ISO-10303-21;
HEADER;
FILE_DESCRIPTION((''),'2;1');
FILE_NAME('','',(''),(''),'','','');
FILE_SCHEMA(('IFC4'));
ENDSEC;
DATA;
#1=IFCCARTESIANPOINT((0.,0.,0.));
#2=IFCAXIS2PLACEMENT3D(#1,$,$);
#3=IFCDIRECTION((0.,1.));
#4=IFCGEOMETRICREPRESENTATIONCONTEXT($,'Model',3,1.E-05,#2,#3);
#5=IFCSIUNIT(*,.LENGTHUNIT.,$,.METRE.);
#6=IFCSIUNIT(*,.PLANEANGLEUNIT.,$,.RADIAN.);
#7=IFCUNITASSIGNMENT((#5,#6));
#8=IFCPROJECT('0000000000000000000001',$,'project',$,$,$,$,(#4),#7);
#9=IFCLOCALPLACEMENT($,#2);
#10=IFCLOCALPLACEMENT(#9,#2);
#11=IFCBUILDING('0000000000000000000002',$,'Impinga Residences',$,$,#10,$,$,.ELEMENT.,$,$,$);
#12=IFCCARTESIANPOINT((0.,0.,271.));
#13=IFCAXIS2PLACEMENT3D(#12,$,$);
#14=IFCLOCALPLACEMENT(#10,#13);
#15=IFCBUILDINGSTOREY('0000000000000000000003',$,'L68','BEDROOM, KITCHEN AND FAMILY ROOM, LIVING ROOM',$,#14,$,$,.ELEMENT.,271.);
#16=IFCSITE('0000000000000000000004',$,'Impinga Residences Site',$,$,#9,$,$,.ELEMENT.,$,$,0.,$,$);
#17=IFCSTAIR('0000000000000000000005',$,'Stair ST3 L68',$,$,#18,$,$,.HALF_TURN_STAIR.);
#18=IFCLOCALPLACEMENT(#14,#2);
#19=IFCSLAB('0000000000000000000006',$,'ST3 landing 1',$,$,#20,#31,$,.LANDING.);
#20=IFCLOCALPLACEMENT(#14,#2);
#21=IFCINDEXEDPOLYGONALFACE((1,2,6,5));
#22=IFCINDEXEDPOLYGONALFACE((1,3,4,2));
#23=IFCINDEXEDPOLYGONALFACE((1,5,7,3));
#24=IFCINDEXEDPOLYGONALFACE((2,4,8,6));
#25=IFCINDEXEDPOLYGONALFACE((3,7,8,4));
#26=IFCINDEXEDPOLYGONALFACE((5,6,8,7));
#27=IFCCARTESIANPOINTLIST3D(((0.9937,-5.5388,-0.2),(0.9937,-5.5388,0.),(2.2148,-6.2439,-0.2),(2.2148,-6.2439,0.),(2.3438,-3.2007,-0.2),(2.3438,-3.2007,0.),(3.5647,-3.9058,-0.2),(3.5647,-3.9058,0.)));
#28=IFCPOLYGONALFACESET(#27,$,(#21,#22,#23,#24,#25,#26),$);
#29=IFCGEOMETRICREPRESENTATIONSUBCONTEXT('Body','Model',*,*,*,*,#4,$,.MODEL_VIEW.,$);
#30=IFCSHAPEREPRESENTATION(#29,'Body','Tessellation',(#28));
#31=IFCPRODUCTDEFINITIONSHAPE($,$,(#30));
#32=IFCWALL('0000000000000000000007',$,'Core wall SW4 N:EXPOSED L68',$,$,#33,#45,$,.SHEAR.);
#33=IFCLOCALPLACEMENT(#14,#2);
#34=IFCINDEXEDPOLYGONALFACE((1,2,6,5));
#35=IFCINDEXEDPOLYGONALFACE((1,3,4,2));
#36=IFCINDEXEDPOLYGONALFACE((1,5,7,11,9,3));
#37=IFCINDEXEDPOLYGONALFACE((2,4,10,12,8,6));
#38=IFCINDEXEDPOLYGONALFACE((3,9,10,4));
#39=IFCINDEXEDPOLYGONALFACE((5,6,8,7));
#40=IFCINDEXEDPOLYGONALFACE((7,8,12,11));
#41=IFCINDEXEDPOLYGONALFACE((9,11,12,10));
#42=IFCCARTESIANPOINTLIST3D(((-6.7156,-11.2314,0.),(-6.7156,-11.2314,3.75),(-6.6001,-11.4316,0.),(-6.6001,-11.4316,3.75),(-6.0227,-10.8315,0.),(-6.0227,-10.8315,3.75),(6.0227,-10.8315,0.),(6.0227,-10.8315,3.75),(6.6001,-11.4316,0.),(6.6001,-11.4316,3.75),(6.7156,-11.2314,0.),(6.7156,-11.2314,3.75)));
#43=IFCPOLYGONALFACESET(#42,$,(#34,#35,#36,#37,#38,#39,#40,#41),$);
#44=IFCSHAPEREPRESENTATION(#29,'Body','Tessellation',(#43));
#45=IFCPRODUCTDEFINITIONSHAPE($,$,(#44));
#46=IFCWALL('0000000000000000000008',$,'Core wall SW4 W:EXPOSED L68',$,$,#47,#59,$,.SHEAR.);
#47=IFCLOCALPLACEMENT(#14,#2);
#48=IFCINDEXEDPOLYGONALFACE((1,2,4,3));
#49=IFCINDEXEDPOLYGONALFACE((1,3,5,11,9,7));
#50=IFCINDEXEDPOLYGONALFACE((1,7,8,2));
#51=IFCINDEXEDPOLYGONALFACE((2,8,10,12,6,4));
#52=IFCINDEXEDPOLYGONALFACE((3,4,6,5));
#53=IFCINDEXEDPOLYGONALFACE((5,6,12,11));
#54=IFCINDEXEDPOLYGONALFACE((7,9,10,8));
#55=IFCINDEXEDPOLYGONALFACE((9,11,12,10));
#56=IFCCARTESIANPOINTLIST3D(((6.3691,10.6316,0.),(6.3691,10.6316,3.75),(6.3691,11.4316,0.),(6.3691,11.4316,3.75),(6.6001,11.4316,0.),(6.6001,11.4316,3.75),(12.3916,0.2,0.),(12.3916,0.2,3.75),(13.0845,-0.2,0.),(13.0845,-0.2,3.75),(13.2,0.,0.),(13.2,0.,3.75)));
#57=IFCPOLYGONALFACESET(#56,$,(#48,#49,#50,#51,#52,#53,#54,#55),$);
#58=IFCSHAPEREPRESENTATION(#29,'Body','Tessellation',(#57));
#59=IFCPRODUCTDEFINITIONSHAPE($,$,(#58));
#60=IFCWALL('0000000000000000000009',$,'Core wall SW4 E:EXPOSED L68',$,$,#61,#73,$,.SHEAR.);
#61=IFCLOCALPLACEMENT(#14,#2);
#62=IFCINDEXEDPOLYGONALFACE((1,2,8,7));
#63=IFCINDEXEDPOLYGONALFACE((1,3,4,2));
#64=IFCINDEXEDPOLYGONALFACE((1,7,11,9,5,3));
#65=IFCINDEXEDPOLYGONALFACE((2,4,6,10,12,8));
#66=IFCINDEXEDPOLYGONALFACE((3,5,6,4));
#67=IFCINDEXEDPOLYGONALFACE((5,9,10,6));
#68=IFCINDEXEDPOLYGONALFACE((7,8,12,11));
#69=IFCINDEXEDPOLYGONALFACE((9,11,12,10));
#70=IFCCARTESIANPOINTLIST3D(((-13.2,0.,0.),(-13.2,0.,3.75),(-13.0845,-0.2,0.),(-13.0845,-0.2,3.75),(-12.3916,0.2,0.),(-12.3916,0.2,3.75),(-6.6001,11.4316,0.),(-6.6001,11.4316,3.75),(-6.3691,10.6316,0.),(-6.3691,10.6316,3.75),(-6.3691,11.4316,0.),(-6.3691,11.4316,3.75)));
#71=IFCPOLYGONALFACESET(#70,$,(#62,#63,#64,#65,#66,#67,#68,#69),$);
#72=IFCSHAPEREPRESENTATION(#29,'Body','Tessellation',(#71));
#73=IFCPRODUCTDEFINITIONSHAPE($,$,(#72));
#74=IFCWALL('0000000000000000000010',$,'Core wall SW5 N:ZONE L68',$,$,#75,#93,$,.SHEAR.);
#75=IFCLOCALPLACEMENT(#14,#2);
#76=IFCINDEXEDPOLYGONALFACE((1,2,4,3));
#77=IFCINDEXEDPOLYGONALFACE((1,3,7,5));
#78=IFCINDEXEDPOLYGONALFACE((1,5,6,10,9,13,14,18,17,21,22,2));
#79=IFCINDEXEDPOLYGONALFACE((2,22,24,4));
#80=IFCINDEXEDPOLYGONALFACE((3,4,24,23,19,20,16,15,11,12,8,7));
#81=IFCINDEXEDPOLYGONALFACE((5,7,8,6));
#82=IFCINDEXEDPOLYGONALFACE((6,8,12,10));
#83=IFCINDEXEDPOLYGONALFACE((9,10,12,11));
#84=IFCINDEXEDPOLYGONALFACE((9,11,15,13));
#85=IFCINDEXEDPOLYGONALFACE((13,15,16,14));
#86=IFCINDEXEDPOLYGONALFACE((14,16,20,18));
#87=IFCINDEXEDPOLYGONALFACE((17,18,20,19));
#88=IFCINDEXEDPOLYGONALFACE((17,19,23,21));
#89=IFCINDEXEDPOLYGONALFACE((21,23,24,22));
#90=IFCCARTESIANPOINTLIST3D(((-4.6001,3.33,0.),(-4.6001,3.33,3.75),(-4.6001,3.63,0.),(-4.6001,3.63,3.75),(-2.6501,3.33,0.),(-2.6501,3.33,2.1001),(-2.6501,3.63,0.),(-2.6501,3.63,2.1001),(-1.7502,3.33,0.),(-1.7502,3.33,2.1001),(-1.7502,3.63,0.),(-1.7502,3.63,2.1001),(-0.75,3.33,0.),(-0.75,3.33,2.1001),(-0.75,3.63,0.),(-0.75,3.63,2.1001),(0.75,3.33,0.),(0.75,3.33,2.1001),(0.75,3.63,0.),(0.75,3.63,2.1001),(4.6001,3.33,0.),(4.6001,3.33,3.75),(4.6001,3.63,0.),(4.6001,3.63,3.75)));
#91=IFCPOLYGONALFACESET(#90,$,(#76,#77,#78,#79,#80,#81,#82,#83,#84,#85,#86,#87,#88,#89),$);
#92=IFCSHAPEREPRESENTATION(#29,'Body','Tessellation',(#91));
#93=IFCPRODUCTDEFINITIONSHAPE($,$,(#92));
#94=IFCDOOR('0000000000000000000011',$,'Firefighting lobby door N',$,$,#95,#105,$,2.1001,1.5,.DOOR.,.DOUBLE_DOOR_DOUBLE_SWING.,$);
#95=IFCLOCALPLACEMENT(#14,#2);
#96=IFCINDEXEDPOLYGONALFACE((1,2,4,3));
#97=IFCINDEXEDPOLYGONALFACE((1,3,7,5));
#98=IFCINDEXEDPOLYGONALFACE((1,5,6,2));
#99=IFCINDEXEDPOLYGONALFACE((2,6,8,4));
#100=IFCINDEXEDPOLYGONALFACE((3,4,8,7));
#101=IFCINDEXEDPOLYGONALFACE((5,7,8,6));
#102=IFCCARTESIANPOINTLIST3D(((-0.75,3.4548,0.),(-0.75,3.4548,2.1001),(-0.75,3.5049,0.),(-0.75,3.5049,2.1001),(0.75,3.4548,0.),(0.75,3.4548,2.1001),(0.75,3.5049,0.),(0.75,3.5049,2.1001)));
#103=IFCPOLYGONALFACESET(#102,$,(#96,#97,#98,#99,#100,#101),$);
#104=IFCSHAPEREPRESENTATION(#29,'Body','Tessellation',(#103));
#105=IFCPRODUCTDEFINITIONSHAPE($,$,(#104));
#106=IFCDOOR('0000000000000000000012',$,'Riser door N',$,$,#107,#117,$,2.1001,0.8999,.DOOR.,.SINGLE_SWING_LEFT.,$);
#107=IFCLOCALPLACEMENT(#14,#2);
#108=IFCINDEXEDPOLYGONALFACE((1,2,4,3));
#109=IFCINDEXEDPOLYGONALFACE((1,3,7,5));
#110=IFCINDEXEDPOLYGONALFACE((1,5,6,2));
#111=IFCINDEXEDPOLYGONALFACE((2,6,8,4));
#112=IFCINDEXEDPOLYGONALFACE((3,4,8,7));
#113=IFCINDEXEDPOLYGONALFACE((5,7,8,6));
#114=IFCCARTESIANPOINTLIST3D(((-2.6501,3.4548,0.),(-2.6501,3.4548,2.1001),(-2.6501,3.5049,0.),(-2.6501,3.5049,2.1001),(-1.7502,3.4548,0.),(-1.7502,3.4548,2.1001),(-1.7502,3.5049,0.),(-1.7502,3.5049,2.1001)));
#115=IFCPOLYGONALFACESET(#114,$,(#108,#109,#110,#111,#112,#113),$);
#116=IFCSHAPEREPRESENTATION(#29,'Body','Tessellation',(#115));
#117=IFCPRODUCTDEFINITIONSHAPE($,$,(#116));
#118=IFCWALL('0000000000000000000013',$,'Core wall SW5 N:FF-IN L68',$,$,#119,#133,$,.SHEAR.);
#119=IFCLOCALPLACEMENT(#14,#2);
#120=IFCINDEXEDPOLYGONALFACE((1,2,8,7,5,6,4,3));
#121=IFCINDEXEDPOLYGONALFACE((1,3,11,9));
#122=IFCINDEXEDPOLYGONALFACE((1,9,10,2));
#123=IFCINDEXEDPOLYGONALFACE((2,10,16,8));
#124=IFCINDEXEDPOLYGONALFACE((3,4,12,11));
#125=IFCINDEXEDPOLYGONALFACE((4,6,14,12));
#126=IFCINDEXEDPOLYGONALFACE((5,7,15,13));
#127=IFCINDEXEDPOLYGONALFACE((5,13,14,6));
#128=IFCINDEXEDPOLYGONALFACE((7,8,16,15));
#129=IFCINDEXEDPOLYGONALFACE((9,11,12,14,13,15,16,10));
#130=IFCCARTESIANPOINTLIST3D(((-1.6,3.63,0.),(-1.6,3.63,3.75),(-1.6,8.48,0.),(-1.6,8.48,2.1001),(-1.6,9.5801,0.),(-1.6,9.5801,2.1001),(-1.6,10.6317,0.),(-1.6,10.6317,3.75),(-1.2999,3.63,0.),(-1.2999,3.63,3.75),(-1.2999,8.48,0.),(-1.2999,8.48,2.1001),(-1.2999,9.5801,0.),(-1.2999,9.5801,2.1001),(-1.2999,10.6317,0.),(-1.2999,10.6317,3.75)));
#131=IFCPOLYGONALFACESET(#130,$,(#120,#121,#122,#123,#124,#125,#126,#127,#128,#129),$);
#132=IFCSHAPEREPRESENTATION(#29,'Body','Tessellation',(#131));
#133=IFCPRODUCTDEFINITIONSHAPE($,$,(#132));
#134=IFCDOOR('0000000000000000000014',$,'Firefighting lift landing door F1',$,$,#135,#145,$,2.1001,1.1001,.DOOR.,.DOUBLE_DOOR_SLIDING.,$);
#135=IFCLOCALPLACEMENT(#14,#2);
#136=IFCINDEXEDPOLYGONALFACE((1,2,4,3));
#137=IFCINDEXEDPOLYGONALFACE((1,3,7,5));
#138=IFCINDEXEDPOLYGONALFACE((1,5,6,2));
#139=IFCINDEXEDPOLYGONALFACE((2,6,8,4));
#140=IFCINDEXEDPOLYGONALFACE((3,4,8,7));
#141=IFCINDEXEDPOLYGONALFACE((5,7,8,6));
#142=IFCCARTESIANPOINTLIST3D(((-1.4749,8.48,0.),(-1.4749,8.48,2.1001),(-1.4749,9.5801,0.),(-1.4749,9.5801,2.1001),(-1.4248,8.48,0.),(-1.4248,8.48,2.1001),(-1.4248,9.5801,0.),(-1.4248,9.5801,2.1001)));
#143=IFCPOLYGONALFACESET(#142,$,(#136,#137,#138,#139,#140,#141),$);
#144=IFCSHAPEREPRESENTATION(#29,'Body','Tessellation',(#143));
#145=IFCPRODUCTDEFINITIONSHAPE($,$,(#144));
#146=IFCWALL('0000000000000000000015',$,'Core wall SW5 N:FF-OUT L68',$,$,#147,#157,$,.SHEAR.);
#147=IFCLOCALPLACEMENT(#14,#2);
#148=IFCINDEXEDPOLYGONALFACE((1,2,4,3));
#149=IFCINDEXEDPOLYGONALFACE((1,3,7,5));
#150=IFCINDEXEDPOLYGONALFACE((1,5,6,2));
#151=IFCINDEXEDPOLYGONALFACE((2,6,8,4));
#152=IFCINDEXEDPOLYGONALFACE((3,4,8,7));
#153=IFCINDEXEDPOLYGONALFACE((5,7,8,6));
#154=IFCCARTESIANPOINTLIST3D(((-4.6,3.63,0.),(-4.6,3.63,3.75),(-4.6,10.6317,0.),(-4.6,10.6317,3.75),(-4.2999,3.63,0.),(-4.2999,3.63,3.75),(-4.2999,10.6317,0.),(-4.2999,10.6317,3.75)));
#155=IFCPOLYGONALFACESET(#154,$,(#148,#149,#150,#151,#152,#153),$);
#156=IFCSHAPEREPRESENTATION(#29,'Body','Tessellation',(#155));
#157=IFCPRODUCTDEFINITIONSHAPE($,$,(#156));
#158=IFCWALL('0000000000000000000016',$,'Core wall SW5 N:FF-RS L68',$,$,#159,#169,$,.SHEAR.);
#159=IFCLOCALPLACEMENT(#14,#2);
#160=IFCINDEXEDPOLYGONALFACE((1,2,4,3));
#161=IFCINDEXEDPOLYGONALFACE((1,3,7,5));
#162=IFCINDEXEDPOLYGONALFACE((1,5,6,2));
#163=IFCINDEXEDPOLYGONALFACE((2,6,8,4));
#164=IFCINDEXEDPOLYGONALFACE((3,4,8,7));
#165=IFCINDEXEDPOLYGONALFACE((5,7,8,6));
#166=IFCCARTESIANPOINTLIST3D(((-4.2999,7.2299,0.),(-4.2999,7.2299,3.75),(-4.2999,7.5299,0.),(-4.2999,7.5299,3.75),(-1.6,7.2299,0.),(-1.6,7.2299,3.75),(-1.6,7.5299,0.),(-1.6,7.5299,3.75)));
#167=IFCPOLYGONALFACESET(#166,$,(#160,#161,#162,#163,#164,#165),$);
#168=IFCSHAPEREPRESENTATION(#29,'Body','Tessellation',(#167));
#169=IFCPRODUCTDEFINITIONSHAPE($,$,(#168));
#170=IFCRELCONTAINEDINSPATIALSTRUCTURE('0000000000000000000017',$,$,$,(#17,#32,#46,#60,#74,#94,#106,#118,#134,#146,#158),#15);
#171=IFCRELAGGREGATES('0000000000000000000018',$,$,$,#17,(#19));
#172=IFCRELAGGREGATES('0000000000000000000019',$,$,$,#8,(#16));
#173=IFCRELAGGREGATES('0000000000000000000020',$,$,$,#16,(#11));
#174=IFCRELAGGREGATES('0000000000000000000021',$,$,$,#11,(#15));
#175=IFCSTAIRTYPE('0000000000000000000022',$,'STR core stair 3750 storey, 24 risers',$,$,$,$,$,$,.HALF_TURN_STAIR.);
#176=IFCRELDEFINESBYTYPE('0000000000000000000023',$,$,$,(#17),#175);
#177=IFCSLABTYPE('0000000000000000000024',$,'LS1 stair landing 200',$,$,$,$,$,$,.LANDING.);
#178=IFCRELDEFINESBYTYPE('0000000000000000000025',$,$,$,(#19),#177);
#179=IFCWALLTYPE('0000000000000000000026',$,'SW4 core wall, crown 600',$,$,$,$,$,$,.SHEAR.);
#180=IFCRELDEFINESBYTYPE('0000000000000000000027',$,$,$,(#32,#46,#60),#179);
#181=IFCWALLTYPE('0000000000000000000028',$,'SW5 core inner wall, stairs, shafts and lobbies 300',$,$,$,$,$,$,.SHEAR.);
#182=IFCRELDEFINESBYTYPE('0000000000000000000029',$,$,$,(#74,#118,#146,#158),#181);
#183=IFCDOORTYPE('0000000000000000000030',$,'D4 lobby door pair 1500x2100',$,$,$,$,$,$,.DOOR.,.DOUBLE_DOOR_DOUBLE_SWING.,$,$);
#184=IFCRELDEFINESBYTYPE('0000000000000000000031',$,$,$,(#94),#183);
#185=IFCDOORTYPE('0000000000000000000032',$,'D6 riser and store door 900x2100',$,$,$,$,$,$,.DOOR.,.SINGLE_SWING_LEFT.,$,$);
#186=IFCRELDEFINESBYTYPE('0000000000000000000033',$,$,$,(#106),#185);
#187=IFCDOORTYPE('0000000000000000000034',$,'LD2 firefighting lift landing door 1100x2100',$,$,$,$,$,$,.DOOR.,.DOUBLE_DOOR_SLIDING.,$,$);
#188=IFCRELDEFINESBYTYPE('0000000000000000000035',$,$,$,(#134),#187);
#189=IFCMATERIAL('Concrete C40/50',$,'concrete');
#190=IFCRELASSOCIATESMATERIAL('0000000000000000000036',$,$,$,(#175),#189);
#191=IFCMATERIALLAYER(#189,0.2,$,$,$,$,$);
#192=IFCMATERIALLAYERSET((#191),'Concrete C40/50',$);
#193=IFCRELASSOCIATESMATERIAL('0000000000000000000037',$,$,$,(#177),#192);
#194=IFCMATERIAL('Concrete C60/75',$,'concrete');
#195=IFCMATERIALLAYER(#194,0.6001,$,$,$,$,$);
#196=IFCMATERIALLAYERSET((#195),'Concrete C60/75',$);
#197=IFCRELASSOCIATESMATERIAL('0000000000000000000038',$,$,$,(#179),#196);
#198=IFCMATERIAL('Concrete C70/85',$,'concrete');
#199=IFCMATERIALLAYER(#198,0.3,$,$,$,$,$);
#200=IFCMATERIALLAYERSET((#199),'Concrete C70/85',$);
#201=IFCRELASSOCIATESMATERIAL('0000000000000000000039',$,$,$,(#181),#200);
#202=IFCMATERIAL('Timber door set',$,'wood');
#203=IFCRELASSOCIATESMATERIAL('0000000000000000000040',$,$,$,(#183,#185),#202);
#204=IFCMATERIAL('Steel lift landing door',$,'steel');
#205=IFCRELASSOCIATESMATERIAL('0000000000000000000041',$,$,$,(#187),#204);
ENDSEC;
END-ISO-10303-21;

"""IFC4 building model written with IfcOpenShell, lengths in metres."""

from ifc_helpers import new_model, si_unit, direction, frame, frame_2d, origin, place, context, subcontext, project, spatial, polyline, rectangle, outline, extrude, material, layer, layer_set, type_object, element, fill, aggregate, save


model = new_model("IFC4")

# Units and contexts
model_context = context("Model", 3, precision=1e-05, world=origin(), true_north=direction((0.0, 1.0)))
body_context = subcontext(model_context, "Body", "Model", "MODEL_VIEW")
ifc_project = project(units=[si_unit("LENGTHUNIT", "METRE"), si_unit("PLANEANGLEUNIT", "RADIAN")], contexts=[model_context])

# Site, building, storey
site_placement = place(None, origin())
site = spatial("IfcSite", under=ifc_project, at=site_placement, Name="Impinga Residences Site", CompositionType="ELEMENT", RefElevation=0.0)
building_placement = place(site_placement, origin())
building = spatial("IfcBuilding", under=site, at=building_placement, Name="Impinga Residences", CompositionType="ELEMENT")
storey_placement = place(building_placement, frame((0.0, 0.0, 271.0)))
storey = spatial("IfcBuildingStorey", under=building, at=storey_placement, Name="L68", Description="BEDROOM, KITCHEN AND FAMILY ROOM, LIVING ROOM", CompositionType="ELEMENT", Elevation=271.0)

# Shared definitions
ifc_material_1 = material(Name="Concrete C60/75", Category="concrete")

# Shared definitions
ifc_material_2 = material(Name="Concrete C40/50", Category="concrete")
stair_type = type_object("IfcStairType", Name="STR core stair 3750 storey, 24 risers", PredefinedType="HALF_TURN_STAIR", material=ifc_material_2)
ifc_layer_1 = layer(ifc_material_2, 0.2)
ifc_layer_set_1 = layer_set([ifc_layer_1], Name="Concrete C40/50")
slab_type_1 = type_object("IfcSlabType", Name="LS1 stair landing 200", PredefinedType="LANDING", material=ifc_layer_set_1)

# Stair, slab
stair_1_placement = place(storey_placement, origin())
stair_1 = element("IfcStair", 1, at=stair_1_placement, inside=storey, type_object=stair_type, Name="Stair ST3 L68", PredefinedType="HALF_TURN_STAIR")
slab_1_placement = place(storey_placement, frame((0.0, 0.0, -0.2)))
slab_1 = element("IfcSlab", 2, at=slab_1_placement, type_object=slab_type_1, Name="ST3 landing 1", PredefinedType="LANDING", context=body_context, shape_type="SweptSolid", body=[
    extrude(outline(polyline([(2.3438, -3.2007), (0.9937, -5.5388), (2.2148, -6.2439), (3.5647, -3.9058), (2.3438, -3.2007)])), origin(), (0.0, 0.0, 1.0), 0.2),
])
aggregate(stair_1, [slab_1])

# Walls
ifc_layer_2 = layer(ifc_material_1, 0.6001)
ifc_layer_set_2 = layer_set([ifc_layer_2], Name="Concrete C60/75")
wall_type_1 = type_object("IfcWallType", Name="SW4 core wall, crown 600", PredefinedType="SHEAR", material=ifc_layer_set_2)
wall_1_placement = place(storey_placement, origin())
element("IfcWall", 3, at=wall_1_placement, inside=storey, type_object=wall_type_1, Name="Core wall SW4 N:EXPOSED L68", PredefinedType="SHEAR", context=body_context, shape_type="SweptSolid", body=[
    extrude(outline(polyline([(-6.6001, -11.4316), (6.6001, -11.4316), (6.7156, -11.2314), (6.0227, -10.8315), (-6.0227, -10.8315), (-6.7156, -11.2314), (-6.6001, -11.4316)])), origin(), (0.0, 0.0, 1.0), 3.75),
])
wall_2_placement = place(storey_placement, origin())
element("IfcWall", 4, at=wall_2_placement, inside=storey, type_object=wall_type_1, Name="Core wall SW4 W:EXPOSED L68", PredefinedType="SHEAR", context=body_context, shape_type="SweptSolid", body=[
    extrude(outline(polyline([(13.2, 0.0), (6.6001, 11.4316), (6.3691, 11.4316), (6.3691, 10.6316), (12.3916, 0.2), (13.0845, -0.2), (13.2, 0.0)])), origin(), (0.0, 0.0, 1.0), 3.75),
])
wall_3_placement = place(storey_placement, origin())
element("IfcWall", 5, at=wall_3_placement, inside=storey, type_object=wall_type_1, Name="Core wall SW4 E:EXPOSED L68", PredefinedType="SHEAR", context=body_context, shape_type="SweptSolid", body=[
    extrude(outline(polyline([(-6.6001, 11.4316), (-13.2, 0.0), (-13.0845, -0.2), (-12.3916, 0.2), (-6.3691, 10.6316), (-6.3691, 11.4316), (-6.6001, 11.4316)])), origin(), (0.0, 0.0, 1.0), 3.75),
])

# Wall, openings, doors
ifc_material_3 = material(Name="Concrete C70/85", Category="concrete")
ifc_layer_3 = layer(ifc_material_3, 0.3)
ifc_layer_set_3 = layer_set([ifc_layer_3], Name="Concrete C70/85")
wall_type_2 = type_object("IfcWallType", Name="SW5 core inner wall, stairs, shafts and lobbies 300", PredefinedType="SHEAR", material=ifc_layer_set_3)
wall_4_placement = place(storey_placement, frame((-4.6001, 3.48, 0.0), z_axis=(0.0, 0.0, 1.0), x_axis=(1.0, 0.0, 0.0)))
wall_4 = element("IfcWall", 6, at=wall_4_placement, inside=storey, type_object=wall_type_2, Name="Core wall SW5 N:ZONE L68", PredefinedType="SHEAR", context=body_context, shape_type="SweptSolid", body=[
    extrude(rectangle(XDim=9.2002, YDim=0.3, at=frame_2d((4.6001, 0.0))), origin(), (0.0, 0.0, 1.0), 3.75),
])
opening_1_placement = place(wall_4_placement, frame((3.8501, 0.0, 0.0)))
opening_1 = element("IfcOpeningElement", 7, at=opening_1_placement, cuts=wall_4, PredefinedType="OPENING", context=body_context, shape_type="SweptSolid", body=[
    extrude(rectangle(XDim=1.5, YDim=2.1001, at=frame_2d((0.75, 1.05))), frame((0.0, 0.1599, 0.0), z_axis=(0.0, -1.0, 0.0), x_axis=(1.0, 0.0, 0.0)), (0.0, 0.0, 1.0), 0.3201),
])
opening_2_placement = place(wall_4_placement, frame((1.95, 0.0, 0.0)))
opening_2 = element("IfcOpeningElement", 8, at=opening_2_placement, cuts=wall_4, PredefinedType="OPENING", context=body_context, shape_type="SweptSolid", body=[
    extrude(rectangle(XDim=0.8999, YDim=2.1001, at=frame_2d((0.45, 1.05))), frame((0.0, 0.1599, 0.0), z_axis=(0.0, -1.0, 0.0), x_axis=(1.0, 0.0, 0.0)), (0.0, 0.0, 1.0), 0.3201),
])
ifc_material_4 = material(Name="Timber door set", Category="wood")
door_type_1 = type_object("IfcDoorType", Name="D4 lobby door pair 1500x2100", OperationType="DOUBLE_DOOR_DOUBLE_SWING", PredefinedType="DOOR", material=ifc_material_4)
door_1_placement = place(opening_1_placement, origin())
door_1 = element("IfcDoor", 9, at=door_1_placement, inside=storey, type_object=door_type_1, Name="Firefighting lobby door N", OperationType="DOUBLE_DOOR_DOUBLE_SWING", OverallHeight=2.1001, OverallWidth=1.5, PredefinedType="DOOR", context=body_context, shape_type="SweptSolid", body=[
    extrude(rectangle(XDim=1.5, YDim=2.1001, at=frame_2d((0.75, 1.05))), frame((0.0, 0.0249, 0.0), z_axis=(0.0, -1.0, 0.0), x_axis=(1.0, 0.0, 0.0)), (0.0, 0.0, 1.0), 0.05),
])
fill(opening_1, door_1)
door_type_2 = type_object("IfcDoorType", Name="D6 riser and store door 900x2100", OperationType="SINGLE_SWING_LEFT", PredefinedType="DOOR", material=ifc_material_4)
door_2_placement = place(opening_2_placement, origin())
door_2 = element("IfcDoor", 10, at=door_2_placement, inside=storey, type_object=door_type_2, Name="Riser door N", OperationType="SINGLE_SWING_LEFT", OverallHeight=2.1001, OverallWidth=0.8999, PredefinedType="DOOR", context=body_context, shape_type="SweptSolid", body=[
    extrude(rectangle(XDim=0.8999, YDim=2.1001, at=frame_2d((0.45, 1.05))), frame((0.0, 0.0249, 0.0), z_axis=(0.0, -1.0, 0.0), x_axis=(1.0, 0.0, 0.0)), (0.0, 0.0, 1.0), 0.05),
])
fill(opening_2, door_2)

# Wall, opening, door
wall_5_placement = place(storey_placement, frame((-1.45, 3.6299, 0.0), z_axis=(0.0, 0.0, 1.0), x_axis=(0.0, 1.0, 0.0)))
wall_5 = element("IfcWall", 11, at=wall_5_placement, inside=storey, type_object=wall_type_2, Name="Core wall SW5 N:FF-IN L68", PredefinedType="SHEAR", context=body_context, shape_type="SweptSolid", body=[
    extrude(rectangle(XDim=7.0017, YDim=0.3, at=frame_2d((3.501, 0.0))), origin(), (0.0, 0.0, 1.0), 3.75),
])
opening_3_placement = place(wall_5_placement, frame((4.8501, 0.0, 0.0)))
opening_3 = element("IfcOpeningElement", 12, at=opening_3_placement, cuts=wall_5, PredefinedType="OPENING", context=body_context, shape_type="SweptSolid", body=[
    extrude(rectangle(XDim=1.1001, YDim=2.1001, at=frame_2d((0.55, 1.05))), frame((0.0, 0.1599, 0.0), z_axis=(0.0, -1.0, 0.0), x_axis=(1.0, 0.0, 0.0)), (0.0, 0.0, 1.0), 0.3201),
])
ifc_material_5 = material(Name="Steel lift landing door", Category="steel")
door_type_3 = type_object("IfcDoorType", Name="LD2 firefighting lift landing door 1100x2100", OperationType="DOUBLE_DOOR_SLIDING", PredefinedType="DOOR", material=ifc_material_5)
door_3_placement = place(opening_3_placement, origin())
door_3 = element("IfcDoor", 13, at=door_3_placement, inside=storey, type_object=door_type_3, Name="Firefighting lift landing door F1", OperationType="DOUBLE_DOOR_SLIDING", OverallHeight=2.1001, OverallWidth=1.1001, PredefinedType="DOOR", context=body_context, shape_type="SweptSolid", body=[
    extrude(rectangle(XDim=1.1001, YDim=2.1001, at=frame_2d((0.55, 1.05))), frame((0.0, 0.0249, 0.0), z_axis=(0.0, -1.0, 0.0), x_axis=(1.0, 0.0, 0.0)), (0.0, 0.0, 1.0), 0.05),
])
fill(opening_3, door_3)

# Walls
wall_6_placement = place(storey_placement, frame((-4.45, 3.6299, 0.0), z_axis=(0.0, 0.0, 1.0), x_axis=(0.0, 1.0, 0.0)))
element("IfcWall", 14, at=wall_6_placement, inside=storey, type_object=wall_type_2, Name="Core wall SW5 N:FF-OUT L68", PredefinedType="SHEAR", context=body_context, shape_type="SweptSolid", body=[
    extrude(rectangle(XDim=7.0017, YDim=0.3, at=frame_2d((3.501, 0.0))), origin(), (0.0, 0.0, 1.0), 3.75),
])
wall_7_placement = place(storey_placement, frame((-4.3, 7.3799, 0.0), z_axis=(0.0, 0.0, 1.0), x_axis=(1.0, 0.0, 0.0)))
element("IfcWall", 15, at=wall_7_placement, inside=storey, type_object=wall_type_2, Name="Core wall SW5 N:FF-RS L68", PredefinedType="SHEAR", context=body_context, shape_type="SweptSolid", body=[
    extrude(rectangle(XDim=2.7, YDim=0.3, at=frame_2d((1.3501, 0.0))), origin(), (0.0, 0.0, 1.0), 3.75),
])

save(model, "model.ifc")
